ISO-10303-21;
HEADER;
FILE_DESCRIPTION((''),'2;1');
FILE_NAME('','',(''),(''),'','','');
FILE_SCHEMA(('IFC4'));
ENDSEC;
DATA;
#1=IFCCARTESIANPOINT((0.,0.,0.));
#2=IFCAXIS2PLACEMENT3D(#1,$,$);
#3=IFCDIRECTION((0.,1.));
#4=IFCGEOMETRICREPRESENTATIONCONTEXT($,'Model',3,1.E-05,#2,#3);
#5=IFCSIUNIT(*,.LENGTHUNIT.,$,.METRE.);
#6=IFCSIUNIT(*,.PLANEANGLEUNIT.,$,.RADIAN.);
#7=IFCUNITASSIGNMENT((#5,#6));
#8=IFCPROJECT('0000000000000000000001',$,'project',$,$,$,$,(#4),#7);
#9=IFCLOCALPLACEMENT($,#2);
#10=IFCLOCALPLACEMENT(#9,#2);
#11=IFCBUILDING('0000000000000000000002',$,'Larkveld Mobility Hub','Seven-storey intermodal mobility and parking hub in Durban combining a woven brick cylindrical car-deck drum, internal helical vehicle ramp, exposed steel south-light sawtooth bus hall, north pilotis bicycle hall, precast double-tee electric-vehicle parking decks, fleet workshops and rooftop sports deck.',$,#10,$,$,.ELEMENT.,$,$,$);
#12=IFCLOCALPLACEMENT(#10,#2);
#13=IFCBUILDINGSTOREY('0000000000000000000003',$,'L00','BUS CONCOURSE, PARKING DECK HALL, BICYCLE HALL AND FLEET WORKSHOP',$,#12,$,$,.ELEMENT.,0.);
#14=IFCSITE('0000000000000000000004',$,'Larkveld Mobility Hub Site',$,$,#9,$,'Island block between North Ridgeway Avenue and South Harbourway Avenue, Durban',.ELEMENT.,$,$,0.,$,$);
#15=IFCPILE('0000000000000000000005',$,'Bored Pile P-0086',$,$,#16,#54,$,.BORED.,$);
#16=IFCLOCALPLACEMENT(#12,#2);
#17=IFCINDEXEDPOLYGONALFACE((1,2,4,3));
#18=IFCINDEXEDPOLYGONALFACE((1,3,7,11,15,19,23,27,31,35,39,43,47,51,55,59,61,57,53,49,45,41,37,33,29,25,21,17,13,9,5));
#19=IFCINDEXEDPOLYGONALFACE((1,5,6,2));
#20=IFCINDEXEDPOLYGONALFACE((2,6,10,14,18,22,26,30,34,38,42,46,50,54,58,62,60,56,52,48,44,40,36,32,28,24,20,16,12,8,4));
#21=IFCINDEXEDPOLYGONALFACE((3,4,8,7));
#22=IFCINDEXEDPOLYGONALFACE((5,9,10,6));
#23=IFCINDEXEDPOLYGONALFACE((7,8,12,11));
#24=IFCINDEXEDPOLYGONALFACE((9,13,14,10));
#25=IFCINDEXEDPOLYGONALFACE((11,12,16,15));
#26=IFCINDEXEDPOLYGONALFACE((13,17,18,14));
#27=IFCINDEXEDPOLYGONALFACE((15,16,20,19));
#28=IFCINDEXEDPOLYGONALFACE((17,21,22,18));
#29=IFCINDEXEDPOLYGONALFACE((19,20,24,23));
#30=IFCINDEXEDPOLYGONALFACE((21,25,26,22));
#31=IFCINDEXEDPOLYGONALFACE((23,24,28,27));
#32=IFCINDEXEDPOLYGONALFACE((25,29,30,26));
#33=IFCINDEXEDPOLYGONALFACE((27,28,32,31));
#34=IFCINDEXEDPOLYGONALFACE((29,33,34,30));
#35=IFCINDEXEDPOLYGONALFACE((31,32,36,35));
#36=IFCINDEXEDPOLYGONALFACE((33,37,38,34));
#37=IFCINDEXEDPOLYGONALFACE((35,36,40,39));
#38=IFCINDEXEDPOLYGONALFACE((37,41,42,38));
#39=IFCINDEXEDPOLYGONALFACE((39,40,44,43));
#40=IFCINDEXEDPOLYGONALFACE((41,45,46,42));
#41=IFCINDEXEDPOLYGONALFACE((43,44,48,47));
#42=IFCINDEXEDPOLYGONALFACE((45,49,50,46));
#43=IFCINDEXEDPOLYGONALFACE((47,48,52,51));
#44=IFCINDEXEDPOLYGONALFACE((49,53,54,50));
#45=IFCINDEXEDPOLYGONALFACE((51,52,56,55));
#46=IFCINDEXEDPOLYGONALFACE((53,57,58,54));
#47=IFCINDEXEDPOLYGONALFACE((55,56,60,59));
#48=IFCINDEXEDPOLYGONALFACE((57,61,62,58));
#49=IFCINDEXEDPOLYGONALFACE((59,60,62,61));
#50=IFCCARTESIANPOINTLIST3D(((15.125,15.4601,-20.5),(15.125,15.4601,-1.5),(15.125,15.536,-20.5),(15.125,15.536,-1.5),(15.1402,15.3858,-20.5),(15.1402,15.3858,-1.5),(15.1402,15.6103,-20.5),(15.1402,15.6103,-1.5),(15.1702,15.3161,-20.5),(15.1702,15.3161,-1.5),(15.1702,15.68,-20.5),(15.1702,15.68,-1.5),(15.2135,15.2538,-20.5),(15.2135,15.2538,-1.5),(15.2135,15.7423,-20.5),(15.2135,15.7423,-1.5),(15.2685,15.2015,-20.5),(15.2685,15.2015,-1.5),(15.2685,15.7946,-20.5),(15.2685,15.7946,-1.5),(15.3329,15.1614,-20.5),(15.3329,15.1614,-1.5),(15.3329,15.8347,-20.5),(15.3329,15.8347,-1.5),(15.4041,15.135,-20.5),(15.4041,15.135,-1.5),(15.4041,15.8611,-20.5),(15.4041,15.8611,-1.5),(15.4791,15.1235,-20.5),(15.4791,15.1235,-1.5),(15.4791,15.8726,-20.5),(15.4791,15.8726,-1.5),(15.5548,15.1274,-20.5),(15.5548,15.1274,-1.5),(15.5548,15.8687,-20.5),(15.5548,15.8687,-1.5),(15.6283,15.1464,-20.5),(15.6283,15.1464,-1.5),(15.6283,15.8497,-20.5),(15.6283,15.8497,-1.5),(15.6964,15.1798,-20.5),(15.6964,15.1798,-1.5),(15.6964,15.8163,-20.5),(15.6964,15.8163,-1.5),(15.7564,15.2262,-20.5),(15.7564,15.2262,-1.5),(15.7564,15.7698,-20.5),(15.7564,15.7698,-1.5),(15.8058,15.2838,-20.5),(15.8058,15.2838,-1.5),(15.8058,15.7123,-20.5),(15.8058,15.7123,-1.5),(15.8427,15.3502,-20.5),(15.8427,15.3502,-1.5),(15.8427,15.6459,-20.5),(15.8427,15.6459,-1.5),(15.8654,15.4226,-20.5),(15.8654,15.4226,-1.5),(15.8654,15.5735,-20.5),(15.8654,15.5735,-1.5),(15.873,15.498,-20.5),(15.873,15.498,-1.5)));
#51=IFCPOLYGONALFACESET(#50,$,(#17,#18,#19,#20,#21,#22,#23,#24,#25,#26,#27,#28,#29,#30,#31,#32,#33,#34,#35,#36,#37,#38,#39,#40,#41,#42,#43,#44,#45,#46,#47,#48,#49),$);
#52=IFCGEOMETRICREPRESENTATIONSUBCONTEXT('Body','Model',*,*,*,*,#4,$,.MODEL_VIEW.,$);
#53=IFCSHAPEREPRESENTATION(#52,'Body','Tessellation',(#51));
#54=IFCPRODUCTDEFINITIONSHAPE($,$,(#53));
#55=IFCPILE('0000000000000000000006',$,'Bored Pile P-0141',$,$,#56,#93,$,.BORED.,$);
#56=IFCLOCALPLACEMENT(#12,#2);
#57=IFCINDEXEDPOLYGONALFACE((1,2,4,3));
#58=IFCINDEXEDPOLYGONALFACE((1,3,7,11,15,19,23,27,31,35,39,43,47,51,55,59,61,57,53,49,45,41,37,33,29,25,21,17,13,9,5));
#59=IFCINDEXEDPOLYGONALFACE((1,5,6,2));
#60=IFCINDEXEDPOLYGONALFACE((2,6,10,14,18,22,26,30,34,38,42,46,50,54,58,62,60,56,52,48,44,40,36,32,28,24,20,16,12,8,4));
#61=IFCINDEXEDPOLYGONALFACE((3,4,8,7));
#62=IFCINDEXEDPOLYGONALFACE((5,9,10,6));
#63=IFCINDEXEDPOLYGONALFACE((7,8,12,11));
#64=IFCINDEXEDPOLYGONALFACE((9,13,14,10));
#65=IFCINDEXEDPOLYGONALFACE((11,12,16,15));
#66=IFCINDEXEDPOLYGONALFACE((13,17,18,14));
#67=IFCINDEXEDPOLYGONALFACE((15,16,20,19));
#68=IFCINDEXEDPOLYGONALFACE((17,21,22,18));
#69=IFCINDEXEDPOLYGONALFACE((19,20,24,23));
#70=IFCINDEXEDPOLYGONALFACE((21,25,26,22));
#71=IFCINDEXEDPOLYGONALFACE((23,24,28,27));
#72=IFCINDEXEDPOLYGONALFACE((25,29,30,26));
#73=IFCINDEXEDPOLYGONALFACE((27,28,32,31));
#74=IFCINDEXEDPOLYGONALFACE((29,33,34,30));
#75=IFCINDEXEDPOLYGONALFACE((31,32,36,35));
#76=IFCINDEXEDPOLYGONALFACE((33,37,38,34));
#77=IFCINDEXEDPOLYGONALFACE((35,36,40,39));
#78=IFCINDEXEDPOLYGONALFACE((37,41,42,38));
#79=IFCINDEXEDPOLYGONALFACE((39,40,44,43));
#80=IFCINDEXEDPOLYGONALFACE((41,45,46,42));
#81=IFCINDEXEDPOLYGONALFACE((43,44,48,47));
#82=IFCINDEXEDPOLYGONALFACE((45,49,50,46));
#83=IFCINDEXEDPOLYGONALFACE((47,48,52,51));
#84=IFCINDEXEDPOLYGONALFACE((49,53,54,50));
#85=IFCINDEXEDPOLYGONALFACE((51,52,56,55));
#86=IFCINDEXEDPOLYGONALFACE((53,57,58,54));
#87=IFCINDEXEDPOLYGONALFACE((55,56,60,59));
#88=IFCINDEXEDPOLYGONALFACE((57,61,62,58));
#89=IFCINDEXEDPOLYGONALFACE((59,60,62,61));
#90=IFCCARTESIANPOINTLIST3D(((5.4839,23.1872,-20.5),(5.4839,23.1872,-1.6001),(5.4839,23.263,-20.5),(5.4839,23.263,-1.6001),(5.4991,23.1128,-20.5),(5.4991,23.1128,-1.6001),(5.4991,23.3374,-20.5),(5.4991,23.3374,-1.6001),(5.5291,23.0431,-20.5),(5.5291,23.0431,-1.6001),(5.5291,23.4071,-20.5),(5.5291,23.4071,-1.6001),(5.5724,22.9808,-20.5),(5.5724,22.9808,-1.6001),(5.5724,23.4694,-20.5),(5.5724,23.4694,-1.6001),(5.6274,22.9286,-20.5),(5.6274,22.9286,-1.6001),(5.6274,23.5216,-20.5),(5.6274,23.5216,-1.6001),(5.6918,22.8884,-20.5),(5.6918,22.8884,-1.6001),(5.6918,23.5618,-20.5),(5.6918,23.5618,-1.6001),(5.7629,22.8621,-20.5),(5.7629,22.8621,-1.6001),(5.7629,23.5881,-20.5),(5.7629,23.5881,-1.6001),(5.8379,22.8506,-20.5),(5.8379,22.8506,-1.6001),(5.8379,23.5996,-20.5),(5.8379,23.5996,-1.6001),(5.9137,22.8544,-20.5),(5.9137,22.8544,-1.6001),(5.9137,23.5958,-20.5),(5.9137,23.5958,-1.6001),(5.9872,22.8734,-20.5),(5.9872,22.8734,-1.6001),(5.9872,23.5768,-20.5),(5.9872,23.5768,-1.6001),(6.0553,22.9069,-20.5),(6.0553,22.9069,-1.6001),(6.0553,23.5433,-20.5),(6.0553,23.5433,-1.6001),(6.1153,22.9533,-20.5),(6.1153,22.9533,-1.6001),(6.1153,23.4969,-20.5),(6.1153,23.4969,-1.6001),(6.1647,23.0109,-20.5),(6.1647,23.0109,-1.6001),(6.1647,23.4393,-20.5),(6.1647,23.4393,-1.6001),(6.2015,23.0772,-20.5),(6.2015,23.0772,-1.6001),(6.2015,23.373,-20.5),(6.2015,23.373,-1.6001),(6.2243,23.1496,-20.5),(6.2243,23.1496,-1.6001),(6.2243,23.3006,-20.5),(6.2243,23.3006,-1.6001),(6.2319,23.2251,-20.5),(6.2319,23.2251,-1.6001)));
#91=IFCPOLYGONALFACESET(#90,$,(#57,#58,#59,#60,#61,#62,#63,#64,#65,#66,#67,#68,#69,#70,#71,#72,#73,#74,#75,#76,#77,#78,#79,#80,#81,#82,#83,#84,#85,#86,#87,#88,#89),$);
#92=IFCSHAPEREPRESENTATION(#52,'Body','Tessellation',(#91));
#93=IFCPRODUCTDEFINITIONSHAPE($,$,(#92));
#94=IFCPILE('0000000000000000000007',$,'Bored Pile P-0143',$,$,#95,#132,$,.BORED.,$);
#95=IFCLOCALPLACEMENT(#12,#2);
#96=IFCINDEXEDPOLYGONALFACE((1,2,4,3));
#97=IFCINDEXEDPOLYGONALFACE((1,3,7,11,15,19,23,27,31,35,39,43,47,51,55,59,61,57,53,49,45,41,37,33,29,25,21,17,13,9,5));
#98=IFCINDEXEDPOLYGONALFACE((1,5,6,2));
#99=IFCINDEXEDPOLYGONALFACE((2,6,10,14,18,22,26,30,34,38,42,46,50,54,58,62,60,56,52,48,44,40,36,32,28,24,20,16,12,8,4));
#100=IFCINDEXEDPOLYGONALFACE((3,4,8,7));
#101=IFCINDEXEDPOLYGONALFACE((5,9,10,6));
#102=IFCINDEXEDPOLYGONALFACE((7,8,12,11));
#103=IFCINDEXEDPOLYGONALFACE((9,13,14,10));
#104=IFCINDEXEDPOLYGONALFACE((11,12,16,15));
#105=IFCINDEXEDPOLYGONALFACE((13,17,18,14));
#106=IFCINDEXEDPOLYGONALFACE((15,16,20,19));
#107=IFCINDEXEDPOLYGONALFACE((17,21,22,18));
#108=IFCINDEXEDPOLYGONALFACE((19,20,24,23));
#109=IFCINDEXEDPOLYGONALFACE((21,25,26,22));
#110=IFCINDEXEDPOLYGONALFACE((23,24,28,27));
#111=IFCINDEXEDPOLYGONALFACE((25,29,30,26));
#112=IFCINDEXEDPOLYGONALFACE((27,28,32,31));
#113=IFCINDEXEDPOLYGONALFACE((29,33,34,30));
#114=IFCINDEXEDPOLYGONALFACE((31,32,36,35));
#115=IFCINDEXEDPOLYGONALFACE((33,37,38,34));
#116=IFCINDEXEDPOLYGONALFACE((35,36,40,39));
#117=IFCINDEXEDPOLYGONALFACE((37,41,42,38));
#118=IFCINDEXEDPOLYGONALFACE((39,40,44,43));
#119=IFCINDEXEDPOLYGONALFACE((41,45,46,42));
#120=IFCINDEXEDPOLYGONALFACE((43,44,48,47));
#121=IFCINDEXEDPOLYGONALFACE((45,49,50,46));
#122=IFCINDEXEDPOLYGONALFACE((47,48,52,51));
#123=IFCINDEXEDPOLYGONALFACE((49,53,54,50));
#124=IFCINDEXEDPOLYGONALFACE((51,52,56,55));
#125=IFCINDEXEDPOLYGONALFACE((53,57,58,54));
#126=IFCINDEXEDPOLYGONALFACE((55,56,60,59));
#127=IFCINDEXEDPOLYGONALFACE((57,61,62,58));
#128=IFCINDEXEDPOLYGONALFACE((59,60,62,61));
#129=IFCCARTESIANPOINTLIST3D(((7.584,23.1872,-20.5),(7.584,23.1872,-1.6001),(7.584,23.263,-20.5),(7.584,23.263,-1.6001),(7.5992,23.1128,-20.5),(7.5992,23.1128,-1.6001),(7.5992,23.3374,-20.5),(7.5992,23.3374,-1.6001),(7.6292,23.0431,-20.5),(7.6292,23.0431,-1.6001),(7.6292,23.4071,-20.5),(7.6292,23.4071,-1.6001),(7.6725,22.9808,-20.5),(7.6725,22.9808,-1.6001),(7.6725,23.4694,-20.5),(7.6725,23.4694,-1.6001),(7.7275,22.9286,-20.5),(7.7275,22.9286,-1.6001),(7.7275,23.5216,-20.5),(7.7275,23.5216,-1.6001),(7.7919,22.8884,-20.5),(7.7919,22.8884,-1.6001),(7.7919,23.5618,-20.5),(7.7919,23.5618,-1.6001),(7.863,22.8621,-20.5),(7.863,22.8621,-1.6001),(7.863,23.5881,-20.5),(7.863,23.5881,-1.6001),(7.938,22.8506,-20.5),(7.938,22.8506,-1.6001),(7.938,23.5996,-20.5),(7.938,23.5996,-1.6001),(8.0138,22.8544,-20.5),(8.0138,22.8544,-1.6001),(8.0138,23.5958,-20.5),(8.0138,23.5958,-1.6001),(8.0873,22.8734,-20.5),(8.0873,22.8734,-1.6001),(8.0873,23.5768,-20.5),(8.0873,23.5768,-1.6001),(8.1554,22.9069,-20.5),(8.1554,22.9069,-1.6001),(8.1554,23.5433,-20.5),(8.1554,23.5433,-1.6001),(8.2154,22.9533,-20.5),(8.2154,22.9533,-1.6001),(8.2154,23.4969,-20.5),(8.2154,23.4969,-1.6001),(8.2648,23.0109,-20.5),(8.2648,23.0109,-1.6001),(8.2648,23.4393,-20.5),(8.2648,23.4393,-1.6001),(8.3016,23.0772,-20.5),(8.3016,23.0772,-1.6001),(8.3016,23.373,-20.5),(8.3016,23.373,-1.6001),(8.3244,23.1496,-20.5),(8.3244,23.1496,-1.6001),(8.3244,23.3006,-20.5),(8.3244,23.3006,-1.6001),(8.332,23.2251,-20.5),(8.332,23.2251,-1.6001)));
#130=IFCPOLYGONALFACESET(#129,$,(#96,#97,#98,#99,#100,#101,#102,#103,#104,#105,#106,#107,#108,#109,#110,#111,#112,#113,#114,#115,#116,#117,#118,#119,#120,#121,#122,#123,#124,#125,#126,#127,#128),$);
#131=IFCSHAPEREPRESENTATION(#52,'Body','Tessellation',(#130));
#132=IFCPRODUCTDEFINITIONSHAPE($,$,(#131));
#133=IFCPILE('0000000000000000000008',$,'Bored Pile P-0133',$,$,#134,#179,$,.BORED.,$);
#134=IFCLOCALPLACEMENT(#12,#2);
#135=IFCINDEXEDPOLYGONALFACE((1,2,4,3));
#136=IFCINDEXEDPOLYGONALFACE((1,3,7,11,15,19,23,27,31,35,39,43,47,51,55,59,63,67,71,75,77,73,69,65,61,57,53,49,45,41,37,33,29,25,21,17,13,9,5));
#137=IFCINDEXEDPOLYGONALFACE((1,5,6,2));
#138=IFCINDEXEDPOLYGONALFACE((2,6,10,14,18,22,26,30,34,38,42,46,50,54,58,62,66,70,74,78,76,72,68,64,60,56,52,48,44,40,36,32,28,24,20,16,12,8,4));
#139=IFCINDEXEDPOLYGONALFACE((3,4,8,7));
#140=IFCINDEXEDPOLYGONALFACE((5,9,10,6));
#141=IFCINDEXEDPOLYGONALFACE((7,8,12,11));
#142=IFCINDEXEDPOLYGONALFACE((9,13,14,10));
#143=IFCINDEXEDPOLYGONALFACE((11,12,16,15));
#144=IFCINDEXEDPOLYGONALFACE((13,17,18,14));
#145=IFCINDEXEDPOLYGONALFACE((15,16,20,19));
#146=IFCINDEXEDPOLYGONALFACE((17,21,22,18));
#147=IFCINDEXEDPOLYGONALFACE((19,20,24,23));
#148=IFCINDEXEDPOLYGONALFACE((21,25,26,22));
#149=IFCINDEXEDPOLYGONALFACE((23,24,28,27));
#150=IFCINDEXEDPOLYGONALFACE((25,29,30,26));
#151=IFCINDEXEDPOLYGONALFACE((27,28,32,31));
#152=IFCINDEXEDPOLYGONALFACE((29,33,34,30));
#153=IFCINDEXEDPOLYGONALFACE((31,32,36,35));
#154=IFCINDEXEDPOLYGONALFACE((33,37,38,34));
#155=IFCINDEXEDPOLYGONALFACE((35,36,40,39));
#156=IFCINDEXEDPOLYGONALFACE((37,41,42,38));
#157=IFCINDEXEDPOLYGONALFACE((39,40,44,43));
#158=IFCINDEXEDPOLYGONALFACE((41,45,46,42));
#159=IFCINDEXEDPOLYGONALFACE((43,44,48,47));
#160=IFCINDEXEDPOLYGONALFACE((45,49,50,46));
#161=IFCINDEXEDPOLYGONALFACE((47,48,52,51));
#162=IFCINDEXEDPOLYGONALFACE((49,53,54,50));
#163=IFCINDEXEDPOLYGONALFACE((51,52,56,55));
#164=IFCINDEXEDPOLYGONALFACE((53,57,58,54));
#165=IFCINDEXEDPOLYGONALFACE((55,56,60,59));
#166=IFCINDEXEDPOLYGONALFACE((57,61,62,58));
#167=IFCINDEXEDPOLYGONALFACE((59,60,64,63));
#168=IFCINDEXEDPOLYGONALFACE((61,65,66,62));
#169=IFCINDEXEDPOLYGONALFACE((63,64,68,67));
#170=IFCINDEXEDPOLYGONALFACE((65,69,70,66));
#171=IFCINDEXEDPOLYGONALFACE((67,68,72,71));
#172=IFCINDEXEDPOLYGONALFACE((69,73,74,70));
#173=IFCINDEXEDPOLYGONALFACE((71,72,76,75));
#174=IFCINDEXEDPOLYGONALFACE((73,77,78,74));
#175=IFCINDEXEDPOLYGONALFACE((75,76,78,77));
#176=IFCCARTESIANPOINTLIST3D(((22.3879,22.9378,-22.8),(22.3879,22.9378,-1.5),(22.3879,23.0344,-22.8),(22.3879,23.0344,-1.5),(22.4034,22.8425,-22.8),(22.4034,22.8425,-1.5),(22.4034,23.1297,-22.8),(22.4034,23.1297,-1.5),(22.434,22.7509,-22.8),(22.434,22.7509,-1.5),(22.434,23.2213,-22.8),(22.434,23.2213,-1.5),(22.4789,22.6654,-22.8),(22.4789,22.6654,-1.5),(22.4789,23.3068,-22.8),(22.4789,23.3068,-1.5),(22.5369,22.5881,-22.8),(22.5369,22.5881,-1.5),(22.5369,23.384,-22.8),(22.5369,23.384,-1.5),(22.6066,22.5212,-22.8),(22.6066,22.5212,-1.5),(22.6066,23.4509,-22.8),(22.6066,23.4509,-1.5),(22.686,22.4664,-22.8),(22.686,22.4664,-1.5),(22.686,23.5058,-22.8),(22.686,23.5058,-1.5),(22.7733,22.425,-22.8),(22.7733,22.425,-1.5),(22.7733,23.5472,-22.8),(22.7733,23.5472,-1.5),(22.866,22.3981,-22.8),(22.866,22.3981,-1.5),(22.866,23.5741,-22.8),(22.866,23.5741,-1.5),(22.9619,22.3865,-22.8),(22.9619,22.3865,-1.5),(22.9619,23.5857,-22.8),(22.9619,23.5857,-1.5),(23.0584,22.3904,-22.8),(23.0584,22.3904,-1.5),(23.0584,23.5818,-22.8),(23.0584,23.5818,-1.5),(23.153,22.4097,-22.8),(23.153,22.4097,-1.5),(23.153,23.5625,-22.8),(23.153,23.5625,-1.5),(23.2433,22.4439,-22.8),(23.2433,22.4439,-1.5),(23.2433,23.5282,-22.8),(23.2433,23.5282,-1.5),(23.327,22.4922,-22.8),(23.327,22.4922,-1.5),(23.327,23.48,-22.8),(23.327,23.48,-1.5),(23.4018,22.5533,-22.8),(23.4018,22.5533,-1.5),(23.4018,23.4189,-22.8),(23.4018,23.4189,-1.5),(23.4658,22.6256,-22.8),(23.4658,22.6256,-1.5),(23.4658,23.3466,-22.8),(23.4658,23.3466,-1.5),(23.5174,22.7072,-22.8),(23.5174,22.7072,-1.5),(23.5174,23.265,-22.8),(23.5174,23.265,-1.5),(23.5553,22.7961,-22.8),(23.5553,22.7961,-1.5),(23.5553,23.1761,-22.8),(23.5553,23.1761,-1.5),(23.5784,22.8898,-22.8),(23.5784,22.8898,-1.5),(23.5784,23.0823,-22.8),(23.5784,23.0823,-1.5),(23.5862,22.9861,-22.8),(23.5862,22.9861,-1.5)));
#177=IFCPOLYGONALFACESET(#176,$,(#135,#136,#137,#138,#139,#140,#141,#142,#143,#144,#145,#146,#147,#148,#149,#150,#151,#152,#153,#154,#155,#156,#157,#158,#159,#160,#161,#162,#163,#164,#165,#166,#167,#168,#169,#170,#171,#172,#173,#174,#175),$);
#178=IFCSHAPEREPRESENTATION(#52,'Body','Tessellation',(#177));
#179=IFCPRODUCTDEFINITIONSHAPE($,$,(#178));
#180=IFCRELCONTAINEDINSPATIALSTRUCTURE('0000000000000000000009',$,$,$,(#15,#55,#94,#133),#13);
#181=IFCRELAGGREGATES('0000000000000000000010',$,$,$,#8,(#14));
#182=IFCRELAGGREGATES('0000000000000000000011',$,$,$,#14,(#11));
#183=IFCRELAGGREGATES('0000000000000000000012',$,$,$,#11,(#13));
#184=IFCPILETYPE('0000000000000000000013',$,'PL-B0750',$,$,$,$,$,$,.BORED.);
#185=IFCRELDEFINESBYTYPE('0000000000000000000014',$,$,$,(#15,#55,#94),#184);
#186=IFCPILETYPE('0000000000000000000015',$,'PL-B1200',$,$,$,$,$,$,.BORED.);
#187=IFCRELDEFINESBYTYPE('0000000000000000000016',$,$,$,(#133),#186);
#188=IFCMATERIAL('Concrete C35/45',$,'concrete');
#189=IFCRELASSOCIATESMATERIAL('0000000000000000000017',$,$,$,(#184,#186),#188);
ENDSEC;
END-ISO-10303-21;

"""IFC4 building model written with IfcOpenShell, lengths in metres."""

from ifc_helpers import new_model, si_unit, direction, frame, origin, origin_2d, place, context, subcontext, project, spatial, circle, extrude, material, material_profile, profile_set, type_object, element, save


model = new_model("IFC4")

# Units and contexts
model_context = context("Model", 3, precision=1e-05, world=origin(), true_north=direction((0.0, 1.0)))
body_context = subcontext(model_context, "Body", "Model", "MODEL_VIEW")
ifc_project = project(units=[si_unit("LENGTHUNIT", "METRE"), si_unit("PLANEANGLEUNIT", "RADIAN")], contexts=[model_context])

# Site, building, storey
site_placement = place(None, origin())
site = spatial("IfcSite", under=ifc_project, at=site_placement, Name="Larkveld Mobility Hub Site", LongName="Island block between North Ridgeway Avenue and South Harbourway Avenue, Durban", CompositionType="ELEMENT", RefElevation=0.0)
building_placement = place(site_placement, origin())
building = spatial("IfcBuilding", under=site, at=building_placement, Name="Larkveld Mobility Hub", Description="Seven-storey intermodal mobility and parking hub in Durban combining a woven brick cylindrical car-deck drum, internal helical vehicle ramp, exposed steel south-light sawtooth bus hall, north pilotis bicycle hall, precast double-tee electric-vehicle parking decks, fleet workshops and rooftop sports deck.", CompositionType="ELEMENT")
storey_placement = place(building_placement, origin())
storey = spatial("IfcBuildingStorey", under=building, at=storey_placement, Name="L00", Description="BUS CONCOURSE, PARKING DECK HALL, BICYCLE HALL AND FLEET WORKSHOP", CompositionType="ELEMENT", Elevation=0.0)

# Piles
ifc_material_1 = material(Name="Concrete C35/45", Category="concrete")
ifc_material_profile_1 = material_profile(ifc_material_1, circle(Radius=0.375, at=origin_2d()), Name="PILE D750")
ifc_profile_set_1 = profile_set([ifc_material_profile_1], Name="Concrete C35/45")
pile_type_1 = type_object("IfcPileType", Name="PL-B0750", PredefinedType="BORED", material=ifc_profile_set_1)
pile_1_placement = place(storey_placement, frame((15.498, 15.498, -1.5), z_axis=(0.0, 0.0, -1.0), x_axis=(1.0, 0.0, 0.0)))
element("IfcPile", 1, at=pile_1_placement, inside=storey, type_object=pile_type_1, Name="Bored Pile P-0086", PredefinedType="BORED", context=body_context, shape_type="SweptSolid", body=[
    extrude(circle(Radius=0.375, at=origin_2d()), origin(), (0.0, 0.0, 1.0), 19.0),
])
for number, where, z_axis, x_axis, name in (
    (2, (5.8569, 23.2251, -1.6001), (0.0, 0.0, -1.0), (1.0, 0.0, 0.0), "Bored Pile P-0141"),
    (3, (7.957, 23.2251, -1.6001), (0.0, 0.0, -1.0), (1.0, 0.0, 0.0), "Bored Pile P-0143"),
):
    element("IfcPile", number, at=place(storey_placement, frame(where, z_axis=z_axis, x_axis=x_axis)), inside=storey, type_object=pile_type_1, Name=name, PredefinedType="BORED", context=body_context, shape_type="SweptSolid", body=[
        extrude(circle(Radius=0.375, at=origin_2d()), origin(), (0.0, 0.0, 1.0), 18.8999),
    ])
ifc_material_profile_2 = material_profile(ifc_material_1, circle(Radius=0.6001, at=origin_2d()), Name="PILE D1200")
ifc_profile_set_2 = profile_set([ifc_material_profile_2], Name="Concrete C35/45")
pile_type_2 = type_object("IfcPileType", Name="PL-B1200", PredefinedType="BORED", material=ifc_profile_set_2)
pile_2_placement = place(storey_placement, frame((22.9861, 22.9861, -1.5), z_axis=(0.0, 0.0, -1.0), x_axis=(1.0, 0.0, 0.0)))
element("IfcPile", 4, at=pile_2_placement, inside=storey, type_object=pile_type_2, Name="Bored Pile P-0133", PredefinedType="BORED", context=body_context, shape_type="SweptSolid", body=[
    extrude(circle(Radius=0.6001, at=origin_2d()), origin(), (0.0, 0.0, 1.0), 21.3),
])

save(model, "model.ifc")
